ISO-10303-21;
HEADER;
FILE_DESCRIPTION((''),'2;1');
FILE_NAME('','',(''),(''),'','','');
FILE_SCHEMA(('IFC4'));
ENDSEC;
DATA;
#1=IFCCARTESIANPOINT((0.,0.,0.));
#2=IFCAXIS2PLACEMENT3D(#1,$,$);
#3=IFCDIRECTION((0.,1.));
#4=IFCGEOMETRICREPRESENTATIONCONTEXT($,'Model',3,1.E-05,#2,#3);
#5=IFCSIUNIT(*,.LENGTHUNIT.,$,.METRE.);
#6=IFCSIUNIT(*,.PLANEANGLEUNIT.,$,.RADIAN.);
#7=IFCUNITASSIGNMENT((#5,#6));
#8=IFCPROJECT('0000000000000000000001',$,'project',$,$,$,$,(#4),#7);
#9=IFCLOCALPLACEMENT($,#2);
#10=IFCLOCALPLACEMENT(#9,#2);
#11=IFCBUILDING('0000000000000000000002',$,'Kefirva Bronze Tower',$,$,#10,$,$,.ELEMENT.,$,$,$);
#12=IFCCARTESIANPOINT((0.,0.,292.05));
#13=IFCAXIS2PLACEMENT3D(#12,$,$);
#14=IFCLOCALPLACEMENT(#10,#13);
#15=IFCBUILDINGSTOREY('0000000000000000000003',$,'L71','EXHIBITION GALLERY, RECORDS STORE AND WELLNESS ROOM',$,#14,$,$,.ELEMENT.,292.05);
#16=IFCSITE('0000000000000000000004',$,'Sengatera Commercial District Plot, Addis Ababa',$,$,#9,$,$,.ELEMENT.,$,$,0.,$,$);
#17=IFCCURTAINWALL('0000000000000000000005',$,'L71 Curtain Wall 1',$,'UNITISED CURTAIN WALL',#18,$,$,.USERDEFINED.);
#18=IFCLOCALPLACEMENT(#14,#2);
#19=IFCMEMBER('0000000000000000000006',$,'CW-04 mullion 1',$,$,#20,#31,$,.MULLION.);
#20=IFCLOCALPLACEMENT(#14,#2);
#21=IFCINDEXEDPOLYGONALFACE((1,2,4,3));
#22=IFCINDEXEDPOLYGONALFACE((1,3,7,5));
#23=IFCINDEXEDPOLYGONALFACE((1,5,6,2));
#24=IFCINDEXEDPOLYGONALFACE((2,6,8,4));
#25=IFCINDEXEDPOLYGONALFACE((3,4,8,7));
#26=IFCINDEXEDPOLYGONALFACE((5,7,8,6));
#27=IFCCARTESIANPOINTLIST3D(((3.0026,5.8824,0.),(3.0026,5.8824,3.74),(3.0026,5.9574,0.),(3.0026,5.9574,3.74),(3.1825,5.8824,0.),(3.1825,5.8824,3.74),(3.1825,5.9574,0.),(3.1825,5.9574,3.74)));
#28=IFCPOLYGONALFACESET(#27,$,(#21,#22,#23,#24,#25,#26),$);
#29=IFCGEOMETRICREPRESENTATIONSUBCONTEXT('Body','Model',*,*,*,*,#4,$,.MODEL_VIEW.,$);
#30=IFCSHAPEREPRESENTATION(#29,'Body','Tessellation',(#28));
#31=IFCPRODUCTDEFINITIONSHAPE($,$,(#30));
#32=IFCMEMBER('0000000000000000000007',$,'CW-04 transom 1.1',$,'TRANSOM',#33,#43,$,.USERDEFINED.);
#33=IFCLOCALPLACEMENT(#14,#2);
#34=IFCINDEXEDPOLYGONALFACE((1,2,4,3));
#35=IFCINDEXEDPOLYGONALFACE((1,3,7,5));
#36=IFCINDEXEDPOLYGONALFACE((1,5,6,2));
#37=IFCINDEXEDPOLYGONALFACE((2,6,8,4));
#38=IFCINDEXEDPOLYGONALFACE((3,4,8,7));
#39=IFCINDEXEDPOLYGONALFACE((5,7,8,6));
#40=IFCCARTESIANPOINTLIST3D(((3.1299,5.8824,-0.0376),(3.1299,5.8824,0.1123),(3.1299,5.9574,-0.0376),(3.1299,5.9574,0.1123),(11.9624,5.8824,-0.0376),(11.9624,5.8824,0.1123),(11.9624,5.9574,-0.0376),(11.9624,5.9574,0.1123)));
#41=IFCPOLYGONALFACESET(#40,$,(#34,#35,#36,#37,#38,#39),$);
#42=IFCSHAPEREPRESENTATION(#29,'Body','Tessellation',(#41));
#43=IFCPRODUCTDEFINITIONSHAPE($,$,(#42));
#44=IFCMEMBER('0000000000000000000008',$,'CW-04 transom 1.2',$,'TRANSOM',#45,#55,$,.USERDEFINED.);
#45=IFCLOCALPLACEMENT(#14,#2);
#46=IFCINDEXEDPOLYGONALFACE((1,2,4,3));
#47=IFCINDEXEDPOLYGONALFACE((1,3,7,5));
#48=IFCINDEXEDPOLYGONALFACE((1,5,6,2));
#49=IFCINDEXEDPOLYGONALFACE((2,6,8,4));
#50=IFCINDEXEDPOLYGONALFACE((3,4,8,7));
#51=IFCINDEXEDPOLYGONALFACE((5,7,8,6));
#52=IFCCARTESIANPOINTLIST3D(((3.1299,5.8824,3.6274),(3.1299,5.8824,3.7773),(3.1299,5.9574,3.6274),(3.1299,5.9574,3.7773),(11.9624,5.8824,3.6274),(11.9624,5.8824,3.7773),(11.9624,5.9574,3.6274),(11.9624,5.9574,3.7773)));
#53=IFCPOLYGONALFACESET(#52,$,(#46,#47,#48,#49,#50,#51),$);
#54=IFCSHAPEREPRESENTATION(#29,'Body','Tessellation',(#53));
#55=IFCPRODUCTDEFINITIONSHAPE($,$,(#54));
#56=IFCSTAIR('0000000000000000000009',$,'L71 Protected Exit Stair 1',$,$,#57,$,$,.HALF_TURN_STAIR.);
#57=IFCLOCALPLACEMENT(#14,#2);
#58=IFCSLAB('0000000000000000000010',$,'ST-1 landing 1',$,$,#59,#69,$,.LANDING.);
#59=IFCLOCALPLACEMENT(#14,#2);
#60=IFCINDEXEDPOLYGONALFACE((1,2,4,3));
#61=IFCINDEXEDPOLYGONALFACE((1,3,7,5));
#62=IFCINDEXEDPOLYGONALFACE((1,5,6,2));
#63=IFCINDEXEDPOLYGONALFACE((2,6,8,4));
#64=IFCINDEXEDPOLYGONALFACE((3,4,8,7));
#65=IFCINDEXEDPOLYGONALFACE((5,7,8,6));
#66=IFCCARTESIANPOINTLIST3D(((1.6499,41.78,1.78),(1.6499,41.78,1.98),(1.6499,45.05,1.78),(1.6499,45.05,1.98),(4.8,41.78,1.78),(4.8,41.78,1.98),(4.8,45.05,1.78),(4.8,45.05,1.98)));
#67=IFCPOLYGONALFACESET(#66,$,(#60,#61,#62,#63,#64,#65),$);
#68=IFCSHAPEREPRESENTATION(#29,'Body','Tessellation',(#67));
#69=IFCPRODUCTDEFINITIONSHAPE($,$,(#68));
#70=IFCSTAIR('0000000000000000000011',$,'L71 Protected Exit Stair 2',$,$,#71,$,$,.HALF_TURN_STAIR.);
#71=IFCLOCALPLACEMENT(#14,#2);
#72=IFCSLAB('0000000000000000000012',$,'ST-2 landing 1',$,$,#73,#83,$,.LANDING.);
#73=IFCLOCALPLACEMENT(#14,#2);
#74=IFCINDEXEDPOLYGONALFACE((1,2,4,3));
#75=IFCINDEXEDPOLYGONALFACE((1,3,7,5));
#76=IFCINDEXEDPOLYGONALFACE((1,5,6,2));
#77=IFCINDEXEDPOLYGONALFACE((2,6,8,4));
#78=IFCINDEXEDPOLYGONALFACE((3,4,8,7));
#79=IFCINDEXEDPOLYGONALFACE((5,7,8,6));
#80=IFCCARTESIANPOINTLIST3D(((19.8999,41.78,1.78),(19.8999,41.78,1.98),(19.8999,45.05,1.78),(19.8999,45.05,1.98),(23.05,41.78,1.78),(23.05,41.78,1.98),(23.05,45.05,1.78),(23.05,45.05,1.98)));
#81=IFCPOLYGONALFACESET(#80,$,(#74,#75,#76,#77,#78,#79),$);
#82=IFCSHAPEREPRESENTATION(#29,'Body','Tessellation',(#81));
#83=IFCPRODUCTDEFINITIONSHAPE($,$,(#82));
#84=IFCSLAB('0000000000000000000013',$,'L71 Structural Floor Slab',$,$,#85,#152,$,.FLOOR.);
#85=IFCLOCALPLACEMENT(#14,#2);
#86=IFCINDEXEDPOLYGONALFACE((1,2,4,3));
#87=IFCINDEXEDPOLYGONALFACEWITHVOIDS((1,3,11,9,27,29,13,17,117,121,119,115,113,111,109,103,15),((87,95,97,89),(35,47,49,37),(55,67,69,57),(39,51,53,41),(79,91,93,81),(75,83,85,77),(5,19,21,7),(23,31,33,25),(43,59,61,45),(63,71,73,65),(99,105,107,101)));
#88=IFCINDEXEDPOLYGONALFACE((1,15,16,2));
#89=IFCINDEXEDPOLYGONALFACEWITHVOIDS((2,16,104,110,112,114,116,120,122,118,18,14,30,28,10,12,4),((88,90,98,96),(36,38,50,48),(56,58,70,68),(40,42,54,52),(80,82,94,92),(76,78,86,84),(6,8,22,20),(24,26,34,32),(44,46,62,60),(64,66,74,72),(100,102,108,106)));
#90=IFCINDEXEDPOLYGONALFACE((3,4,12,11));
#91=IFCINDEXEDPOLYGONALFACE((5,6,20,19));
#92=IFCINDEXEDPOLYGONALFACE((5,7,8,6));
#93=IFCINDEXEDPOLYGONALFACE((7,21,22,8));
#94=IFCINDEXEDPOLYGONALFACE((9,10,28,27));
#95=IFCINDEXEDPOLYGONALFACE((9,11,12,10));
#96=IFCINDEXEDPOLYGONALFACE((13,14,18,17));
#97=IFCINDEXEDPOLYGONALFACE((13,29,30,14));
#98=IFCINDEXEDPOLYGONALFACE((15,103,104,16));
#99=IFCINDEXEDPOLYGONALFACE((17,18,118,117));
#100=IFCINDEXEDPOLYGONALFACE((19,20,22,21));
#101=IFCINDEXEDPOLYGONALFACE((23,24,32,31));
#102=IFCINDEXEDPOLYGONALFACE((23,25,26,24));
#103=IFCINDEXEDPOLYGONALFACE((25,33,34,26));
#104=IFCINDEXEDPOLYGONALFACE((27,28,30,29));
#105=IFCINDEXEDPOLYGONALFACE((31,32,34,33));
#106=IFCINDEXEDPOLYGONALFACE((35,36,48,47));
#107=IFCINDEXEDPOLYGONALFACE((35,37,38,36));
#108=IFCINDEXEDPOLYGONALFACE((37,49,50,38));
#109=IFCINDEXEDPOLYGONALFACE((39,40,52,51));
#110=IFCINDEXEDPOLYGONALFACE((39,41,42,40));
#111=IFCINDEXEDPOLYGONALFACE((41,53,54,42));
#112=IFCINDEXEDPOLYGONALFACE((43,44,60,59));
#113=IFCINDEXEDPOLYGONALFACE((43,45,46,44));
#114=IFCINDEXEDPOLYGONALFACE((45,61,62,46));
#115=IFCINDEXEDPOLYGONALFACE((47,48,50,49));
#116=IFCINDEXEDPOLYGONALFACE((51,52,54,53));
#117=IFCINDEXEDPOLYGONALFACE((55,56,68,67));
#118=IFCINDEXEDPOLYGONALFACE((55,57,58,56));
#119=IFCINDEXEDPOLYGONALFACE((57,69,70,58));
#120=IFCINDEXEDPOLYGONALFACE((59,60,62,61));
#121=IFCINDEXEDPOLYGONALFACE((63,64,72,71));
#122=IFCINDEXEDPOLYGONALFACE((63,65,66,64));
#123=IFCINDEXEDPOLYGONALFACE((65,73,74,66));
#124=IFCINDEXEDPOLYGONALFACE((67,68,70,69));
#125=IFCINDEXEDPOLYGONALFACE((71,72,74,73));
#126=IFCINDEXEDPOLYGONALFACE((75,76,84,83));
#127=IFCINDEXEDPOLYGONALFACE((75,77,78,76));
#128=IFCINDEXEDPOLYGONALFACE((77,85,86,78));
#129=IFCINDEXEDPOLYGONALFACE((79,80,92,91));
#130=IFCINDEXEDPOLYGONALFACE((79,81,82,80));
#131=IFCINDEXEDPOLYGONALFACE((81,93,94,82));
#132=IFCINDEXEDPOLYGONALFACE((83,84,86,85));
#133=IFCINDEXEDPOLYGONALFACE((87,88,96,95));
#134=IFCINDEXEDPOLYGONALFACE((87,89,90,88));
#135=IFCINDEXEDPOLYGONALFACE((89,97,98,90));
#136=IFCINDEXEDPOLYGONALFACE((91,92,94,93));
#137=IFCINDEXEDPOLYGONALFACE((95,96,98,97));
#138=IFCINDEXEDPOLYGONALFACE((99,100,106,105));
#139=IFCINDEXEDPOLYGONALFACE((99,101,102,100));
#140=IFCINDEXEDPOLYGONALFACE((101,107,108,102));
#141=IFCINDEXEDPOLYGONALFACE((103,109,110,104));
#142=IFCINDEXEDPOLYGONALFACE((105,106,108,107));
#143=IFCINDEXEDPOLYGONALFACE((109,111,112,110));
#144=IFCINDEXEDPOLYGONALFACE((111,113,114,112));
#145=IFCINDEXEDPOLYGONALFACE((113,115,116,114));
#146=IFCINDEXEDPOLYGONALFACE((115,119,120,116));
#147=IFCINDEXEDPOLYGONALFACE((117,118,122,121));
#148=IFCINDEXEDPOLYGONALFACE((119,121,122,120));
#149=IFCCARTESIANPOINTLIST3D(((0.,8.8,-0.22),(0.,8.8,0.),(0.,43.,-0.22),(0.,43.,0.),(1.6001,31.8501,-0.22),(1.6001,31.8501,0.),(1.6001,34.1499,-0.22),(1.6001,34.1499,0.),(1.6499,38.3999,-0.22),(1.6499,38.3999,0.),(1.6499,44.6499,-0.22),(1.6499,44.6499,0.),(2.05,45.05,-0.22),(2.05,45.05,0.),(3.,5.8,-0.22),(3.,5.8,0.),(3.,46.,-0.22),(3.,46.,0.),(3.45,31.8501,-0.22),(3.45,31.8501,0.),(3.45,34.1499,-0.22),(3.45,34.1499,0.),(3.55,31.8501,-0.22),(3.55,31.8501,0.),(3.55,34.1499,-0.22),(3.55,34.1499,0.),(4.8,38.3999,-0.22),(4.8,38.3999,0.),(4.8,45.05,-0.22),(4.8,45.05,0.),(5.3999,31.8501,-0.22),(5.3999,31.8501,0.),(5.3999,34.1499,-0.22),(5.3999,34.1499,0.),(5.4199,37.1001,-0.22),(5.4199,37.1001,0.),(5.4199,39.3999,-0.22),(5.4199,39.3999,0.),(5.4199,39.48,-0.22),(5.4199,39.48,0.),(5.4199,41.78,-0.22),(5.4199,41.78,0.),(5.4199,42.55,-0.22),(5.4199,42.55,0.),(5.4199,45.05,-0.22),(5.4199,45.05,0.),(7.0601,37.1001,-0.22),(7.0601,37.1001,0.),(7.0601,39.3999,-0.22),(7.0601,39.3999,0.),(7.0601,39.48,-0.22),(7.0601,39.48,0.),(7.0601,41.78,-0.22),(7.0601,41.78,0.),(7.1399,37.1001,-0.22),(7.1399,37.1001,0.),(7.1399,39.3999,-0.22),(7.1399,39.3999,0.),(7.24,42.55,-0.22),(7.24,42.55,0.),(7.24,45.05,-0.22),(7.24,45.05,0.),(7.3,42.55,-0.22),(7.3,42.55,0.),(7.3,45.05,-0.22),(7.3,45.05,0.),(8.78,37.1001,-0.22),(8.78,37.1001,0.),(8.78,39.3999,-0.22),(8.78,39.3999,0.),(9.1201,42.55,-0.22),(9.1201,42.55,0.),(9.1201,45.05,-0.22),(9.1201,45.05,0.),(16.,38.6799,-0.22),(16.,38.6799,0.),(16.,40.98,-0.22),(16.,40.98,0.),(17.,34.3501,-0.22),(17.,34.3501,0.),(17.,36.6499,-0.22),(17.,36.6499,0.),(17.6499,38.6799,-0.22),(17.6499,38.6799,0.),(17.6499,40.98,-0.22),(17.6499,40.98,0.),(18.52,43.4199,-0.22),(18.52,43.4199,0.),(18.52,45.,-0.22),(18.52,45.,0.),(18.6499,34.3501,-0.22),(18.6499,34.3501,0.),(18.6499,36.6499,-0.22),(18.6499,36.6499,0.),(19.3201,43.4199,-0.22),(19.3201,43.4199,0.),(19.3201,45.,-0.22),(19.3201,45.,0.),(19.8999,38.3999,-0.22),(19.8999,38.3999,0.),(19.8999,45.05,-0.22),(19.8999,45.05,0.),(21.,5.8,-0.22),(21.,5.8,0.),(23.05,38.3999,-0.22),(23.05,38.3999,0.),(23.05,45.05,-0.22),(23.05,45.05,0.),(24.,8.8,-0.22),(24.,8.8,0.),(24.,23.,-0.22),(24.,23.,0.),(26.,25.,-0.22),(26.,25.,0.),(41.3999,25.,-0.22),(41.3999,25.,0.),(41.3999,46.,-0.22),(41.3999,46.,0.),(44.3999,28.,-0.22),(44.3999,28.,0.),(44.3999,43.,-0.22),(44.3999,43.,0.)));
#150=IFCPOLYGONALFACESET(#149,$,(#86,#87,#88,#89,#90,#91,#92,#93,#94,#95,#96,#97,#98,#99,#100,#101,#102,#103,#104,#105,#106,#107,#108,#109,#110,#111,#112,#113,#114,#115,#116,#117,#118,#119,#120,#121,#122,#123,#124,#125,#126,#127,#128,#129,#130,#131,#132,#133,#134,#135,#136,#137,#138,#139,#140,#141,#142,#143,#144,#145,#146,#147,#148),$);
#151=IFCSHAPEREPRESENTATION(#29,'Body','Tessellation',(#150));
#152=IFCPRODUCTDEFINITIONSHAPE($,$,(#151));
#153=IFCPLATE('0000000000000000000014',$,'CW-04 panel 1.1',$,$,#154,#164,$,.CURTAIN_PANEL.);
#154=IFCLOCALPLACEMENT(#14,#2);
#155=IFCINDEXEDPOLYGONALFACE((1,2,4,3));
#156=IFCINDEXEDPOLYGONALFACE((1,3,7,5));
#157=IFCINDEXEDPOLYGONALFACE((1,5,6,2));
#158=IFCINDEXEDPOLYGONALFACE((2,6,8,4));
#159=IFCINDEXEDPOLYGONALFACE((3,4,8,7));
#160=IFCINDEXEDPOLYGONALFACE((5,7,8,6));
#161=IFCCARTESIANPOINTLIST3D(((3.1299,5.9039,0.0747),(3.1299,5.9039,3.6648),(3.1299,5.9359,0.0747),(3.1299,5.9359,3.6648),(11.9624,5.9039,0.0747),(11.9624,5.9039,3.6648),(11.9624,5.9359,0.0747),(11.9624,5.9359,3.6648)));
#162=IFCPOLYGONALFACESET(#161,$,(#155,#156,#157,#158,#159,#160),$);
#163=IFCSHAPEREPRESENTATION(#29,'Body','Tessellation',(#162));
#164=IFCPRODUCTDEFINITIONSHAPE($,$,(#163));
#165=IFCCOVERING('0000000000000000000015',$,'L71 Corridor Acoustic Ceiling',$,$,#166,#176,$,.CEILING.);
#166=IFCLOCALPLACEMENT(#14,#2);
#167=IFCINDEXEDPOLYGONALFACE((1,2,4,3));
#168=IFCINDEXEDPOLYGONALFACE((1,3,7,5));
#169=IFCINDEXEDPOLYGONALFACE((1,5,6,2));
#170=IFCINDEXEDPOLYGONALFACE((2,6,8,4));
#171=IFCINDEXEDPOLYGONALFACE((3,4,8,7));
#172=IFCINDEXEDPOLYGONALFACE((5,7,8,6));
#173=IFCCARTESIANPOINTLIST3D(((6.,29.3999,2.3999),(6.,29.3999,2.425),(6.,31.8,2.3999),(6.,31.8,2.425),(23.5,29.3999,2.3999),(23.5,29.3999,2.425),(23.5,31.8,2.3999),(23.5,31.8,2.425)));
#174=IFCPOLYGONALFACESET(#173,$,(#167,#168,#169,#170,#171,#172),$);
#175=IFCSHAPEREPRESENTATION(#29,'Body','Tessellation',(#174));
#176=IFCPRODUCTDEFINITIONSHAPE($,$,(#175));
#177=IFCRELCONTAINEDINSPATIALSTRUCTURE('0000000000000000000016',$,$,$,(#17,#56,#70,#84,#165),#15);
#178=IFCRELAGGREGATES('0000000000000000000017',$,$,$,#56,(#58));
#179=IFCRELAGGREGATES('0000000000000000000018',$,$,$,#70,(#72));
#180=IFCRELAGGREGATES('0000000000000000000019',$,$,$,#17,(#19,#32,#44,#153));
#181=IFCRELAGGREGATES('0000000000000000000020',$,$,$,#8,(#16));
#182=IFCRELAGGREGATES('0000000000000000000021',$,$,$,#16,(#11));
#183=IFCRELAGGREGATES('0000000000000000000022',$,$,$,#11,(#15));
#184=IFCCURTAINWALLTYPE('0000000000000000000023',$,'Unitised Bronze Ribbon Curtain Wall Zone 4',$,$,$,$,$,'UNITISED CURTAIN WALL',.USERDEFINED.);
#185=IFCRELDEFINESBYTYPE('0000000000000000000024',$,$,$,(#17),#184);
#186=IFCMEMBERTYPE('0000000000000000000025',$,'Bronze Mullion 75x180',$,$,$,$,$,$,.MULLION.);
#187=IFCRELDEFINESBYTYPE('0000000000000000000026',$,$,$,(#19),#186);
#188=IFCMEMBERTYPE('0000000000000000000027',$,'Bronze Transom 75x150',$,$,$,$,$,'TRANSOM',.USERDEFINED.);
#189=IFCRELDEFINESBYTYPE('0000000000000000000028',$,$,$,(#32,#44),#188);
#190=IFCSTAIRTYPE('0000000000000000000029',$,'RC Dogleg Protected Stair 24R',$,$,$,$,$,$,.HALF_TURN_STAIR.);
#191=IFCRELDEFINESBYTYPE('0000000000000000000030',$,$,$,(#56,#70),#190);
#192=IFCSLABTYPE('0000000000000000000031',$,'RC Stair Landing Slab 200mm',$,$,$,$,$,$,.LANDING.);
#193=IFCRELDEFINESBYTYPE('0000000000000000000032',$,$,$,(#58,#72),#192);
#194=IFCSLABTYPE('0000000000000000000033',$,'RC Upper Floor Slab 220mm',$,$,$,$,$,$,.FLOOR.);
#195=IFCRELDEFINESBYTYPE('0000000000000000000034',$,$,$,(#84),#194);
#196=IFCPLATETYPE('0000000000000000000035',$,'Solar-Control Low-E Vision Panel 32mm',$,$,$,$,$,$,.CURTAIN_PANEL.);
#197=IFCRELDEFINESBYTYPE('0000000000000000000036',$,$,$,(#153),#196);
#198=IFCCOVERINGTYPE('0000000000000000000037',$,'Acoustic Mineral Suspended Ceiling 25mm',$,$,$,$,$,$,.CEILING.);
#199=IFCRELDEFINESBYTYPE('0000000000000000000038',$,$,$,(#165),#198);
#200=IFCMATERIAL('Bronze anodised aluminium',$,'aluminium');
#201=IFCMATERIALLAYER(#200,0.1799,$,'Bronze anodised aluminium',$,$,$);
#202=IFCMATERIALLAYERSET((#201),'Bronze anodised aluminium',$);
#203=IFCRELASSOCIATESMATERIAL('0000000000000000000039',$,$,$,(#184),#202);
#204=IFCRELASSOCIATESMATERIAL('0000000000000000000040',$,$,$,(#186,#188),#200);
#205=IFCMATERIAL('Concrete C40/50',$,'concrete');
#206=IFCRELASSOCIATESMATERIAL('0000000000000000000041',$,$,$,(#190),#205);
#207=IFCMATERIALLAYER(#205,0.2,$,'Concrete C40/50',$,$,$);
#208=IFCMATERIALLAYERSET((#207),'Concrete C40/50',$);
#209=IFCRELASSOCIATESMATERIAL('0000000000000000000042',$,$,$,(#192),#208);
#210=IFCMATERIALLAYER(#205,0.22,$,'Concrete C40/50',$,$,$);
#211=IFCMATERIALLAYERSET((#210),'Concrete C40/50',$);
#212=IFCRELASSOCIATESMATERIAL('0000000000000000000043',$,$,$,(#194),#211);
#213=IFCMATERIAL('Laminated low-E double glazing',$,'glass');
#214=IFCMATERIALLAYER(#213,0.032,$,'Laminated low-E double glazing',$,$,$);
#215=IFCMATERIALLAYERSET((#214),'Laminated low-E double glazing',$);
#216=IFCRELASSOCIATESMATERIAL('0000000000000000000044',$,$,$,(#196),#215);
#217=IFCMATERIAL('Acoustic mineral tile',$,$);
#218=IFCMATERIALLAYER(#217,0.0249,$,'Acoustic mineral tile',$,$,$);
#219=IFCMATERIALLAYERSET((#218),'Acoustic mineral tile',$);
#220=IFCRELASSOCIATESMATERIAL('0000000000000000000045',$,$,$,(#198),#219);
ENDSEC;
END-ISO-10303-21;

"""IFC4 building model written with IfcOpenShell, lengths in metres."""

from ifc_helpers import new_model, si_unit, direction, frame, origin, origin_2d, place, context, subcontext, project, spatial, polyline, rectangle, outline, extrude, material, layer, layer_set, material_profile, profile_set, type_object, element, aggregate, save


model = new_model("IFC4")

# Units and contexts
model_context = context("Model", 3, precision=1e-05, world=origin(), true_north=direction((0.0, 1.0)))
body_context = subcontext(model_context, "Body", "Model", "MODEL_VIEW")
ifc_project = project(units=[si_unit("LENGTHUNIT", "METRE"), si_unit("PLANEANGLEUNIT", "RADIAN")], contexts=[model_context])

# Site, building, storey
site_placement = place(None, origin())
site = spatial("IfcSite", under=ifc_project, at=site_placement, Name="Sengatera Commercial District Plot, Addis Ababa", CompositionType="ELEMENT", RefElevation=0.0)
building_placement = place(site_placement, origin())
building = spatial("IfcBuilding", under=site, at=building_placement, Name="Kefirva Bronze Tower", CompositionType="ELEMENT")
storey_placement = place(building_placement, frame((0.0, 0.0, 292.05)))
storey = spatial("IfcBuildingStorey", under=building, at=storey_placement, Name="L71", Description="EXHIBITION GALLERY, RECORDS STORE AND WELLNESS ROOM", CompositionType="ELEMENT", Elevation=292.05)

# Curtain wall, members
ifc_material_1 = material(Name="Bronze anodised aluminium", Category="aluminium")
ifc_layer_1 = layer(ifc_material_1, 0.1799, Name="Bronze anodised aluminium")
ifc_layer_set_1 = layer_set([ifc_layer_1], Name="Bronze anodised aluminium")
curtain_wall_type = type_object("IfcCurtainWallType", Name="Unitised Bronze Ribbon Curtain Wall Zone 4", ElementType="UNITISED CURTAIN WALL", PredefinedType="USERDEFINED", material=ifc_layer_set_1)
curtain_wall_placement = place(storey_placement, origin())
curtain_wall = element("IfcCurtainWall", 1, at=curtain_wall_placement, inside=storey, type_object=curtain_wall_type, Name="L71 Curtain Wall 1", ObjectType="UNITISED CURTAIN WALL", PredefinedType="USERDEFINED")
ifc_material_profile_1 = material_profile(ifc_material_1, rectangle(XDim=0.075, YDim=0.1799, at=origin_2d()), Name="ALU 75x180")
ifc_profile_set_1 = profile_set([ifc_material_profile_1], Name="Bronze anodised aluminium")
member_type_1 = type_object("IfcMemberType", Name="Bronze Mullion 75x180", PredefinedType="MULLION", material=ifc_profile_set_1)
member_1_placement = place(storey_placement, frame((3.0925, 5.9199, 0.0), z_axis=(0.0, 0.0, 1.0), x_axis=(0.0, 1.0, 0.0)))
member_1 = element("IfcMember", 2, at=member_1_placement, type_object=member_type_1, Name="CW-04 mullion 1", PredefinedType="MULLION", context=body_context, shape_type="SweptSolid", body=[
    extrude(rectangle(XDim=0.075, YDim=0.1799, at=origin_2d()), origin(), (0.0, 0.0, 1.0), 3.74),
])
ifc_material_profile_2 = material_profile(ifc_material_1, rectangle(XDim=0.075, YDim=0.1499, at=origin_2d()), Name="ALU 75x150")
ifc_profile_set_2 = profile_set([ifc_material_profile_2], Name="Bronze anodised aluminium")
member_type_2 = type_object("IfcMemberType", Name="Bronze Transom 75x150", ElementType="TRANSOM", PredefinedType="USERDEFINED", material=ifc_profile_set_2)
member_2_placement = place(storey_placement, frame((3.1299, 5.9199, 0.0374), z_axis=(1.0, 0.0, 0.0), x_axis=(0.0, 1.0, 0.0)))
member_2 = element("IfcMember", 3, at=member_2_placement, type_object=member_type_2, Name="CW-04 transom 1.1", ObjectType="TRANSOM", PredefinedType="USERDEFINED", context=body_context, shape_type="SweptSolid", body=[
    extrude(rectangle(XDim=0.075, YDim=0.1499, at=origin_2d()), origin(), (0.0, 0.0, 1.0), 8.8325),
])
member_3_placement = place(storey_placement, frame((3.1299, 5.9199, 3.7024), z_axis=(1.0, 0.0, 0.0), x_axis=(0.0, 1.0, 0.0)))
member_3 = element("IfcMember", 4, at=member_3_placement, type_object=member_type_2, Name="CW-04 transom 1.2", ObjectType="TRANSOM", PredefinedType="USERDEFINED", context=body_context, shape_type="SweptSolid", body=[
    extrude(rectangle(XDim=0.075, YDim=0.1499, at=origin_2d()), origin(), (0.0, 0.0, 1.0), 8.8325),
])

# Stairs, slabs
ifc_material_2 = material(Name="Concrete C40/50", Category="concrete")
stair_type = type_object("IfcStairType", Name="RC Dogleg Protected Stair 24R", PredefinedType="HALF_TURN_STAIR", material=ifc_material_2)
stair_1_placement = place(storey_placement, origin())
stair_1 = element("IfcStair", 5, at=stair_1_placement, inside=storey, type_object=stair_type, Name="L71 Protected Exit Stair 1", PredefinedType="HALF_TURN_STAIR")
ifc_layer_2 = layer(ifc_material_2, 0.2, Name="Concrete C40/50")
ifc_layer_set_2 = layer_set([ifc_layer_2], Name="Concrete C40/50")
slab_type_1 = type_object("IfcSlabType", Name="RC Stair Landing Slab 200mm", PredefinedType="LANDING", material=ifc_layer_set_2)
slab_1_placement = place(storey_placement, frame((0.0, 0.0, 1.78)))
slab_1 = element("IfcSlab", 6, at=slab_1_placement, type_object=slab_type_1, Name="ST-1 landing 1", PredefinedType="LANDING", context=body_context, shape_type="SweptSolid", body=[
    extrude(outline(polyline([(4.8, 41.78), (4.8, 45.05), (1.6499, 45.05), (1.6499, 41.78), (4.8, 41.78)])), origin(), (0.0, 0.0, 1.0), 0.2),
])
aggregate(stair_1, [slab_1])
stair_2_placement = place(storey_placement, origin())
stair_2 = element("IfcStair", 7, at=stair_2_placement, inside=storey, type_object=stair_type, Name="L71 Protected Exit Stair 2", PredefinedType="HALF_TURN_STAIR")
slab_2_placement = place(storey_placement, frame((0.0, 0.0, 1.78)))
slab_2 = element("IfcSlab", 8, at=slab_2_placement, type_object=slab_type_1, Name="ST-2 landing 1", PredefinedType="LANDING", context=body_context, shape_type="SweptSolid", body=[
    extrude(outline(polyline([(23.05, 41.78), (23.05, 45.05), (19.8999, 45.05), (19.8999, 41.78), (23.05, 41.78)])), origin(), (0.0, 0.0, 1.0), 0.2),
])
aggregate(stair_2, [slab_2])

# Slab
ifc_layer_3 = layer(ifc_material_2, 0.22, Name="Concrete C40/50")
ifc_layer_set_3 = layer_set([ifc_layer_3], Name="Concrete C40/50")
slab_type_2 = type_object("IfcSlabType", Name="RC Upper Floor Slab 220mm", PredefinedType="FLOOR", material=ifc_layer_set_3)
slab_3_placement = place(storey_placement, frame((0.0, 0.0, -0.22)))
element("IfcSlab", 9, at=slab_3_placement, inside=storey, type_object=slab_type_2, Name="L71 Structural Floor Slab", PredefinedType="FLOOR", context=body_context, shape_type="SweptSolid", body=[
    extrude(outline(polyline([(0.0, 8.8), (0.0, 43.0), (1.6499, 44.6499), (1.6499, 38.3999), (4.8, 38.3999), (4.8, 45.05), (2.05, 45.05), (3.0, 46.0), (41.3999, 46.0), (44.3999, 43.0), (44.3999, 28.0), (41.3999, 25.0), (26.0, 25.0), (24.0, 23.0), (24.0, 8.8), (21.0, 5.8), (3.0, 5.8), (0.0, 8.8)]), holes=[polyline([(23.05, 45.05), (19.8999, 45.05), (19.8999, 38.3999), (23.05, 38.3999), (23.05, 45.05)]), polyline([(19.3201, 43.4199), (19.3201, 45.0), (18.52, 45.0), (18.52, 43.4199), (19.3201, 43.4199)]), polyline([(18.6499, 36.6499), (17.0, 36.6499), (17.0, 34.3501), (18.6499, 34.3501), (18.6499, 36.6499)]), polyline([(17.6499, 38.6799), (17.6499, 40.98), (16.0, 40.98), (16.0, 38.6799), (17.6499, 38.6799)]), polyline([(9.1201, 42.55), (9.1201, 45.05), (7.3, 45.05), (7.3, 42.55), (9.1201, 42.55)]), polyline([(8.78, 37.1001), (8.78, 39.3999), (7.1399, 39.3999), (7.1399, 37.1001), (8.78, 37.1001)]), polyline([(7.24, 42.55), (7.24, 45.05), (5.4199, 45.05), (5.4199, 42.55), (7.24, 42.55)]), polyline([(7.0601, 37.1001), (7.0601, 39.3999), (5.4199, 39.3999), (5.4199, 37.1001), (7.0601, 37.1001)]), polyline([(7.0601, 41.78), (5.4199, 41.78), (5.4199, 39.48), (7.0601, 39.48), (7.0601, 41.78)]), polyline([(5.3999, 31.8501), (5.3999, 34.1499), (3.55, 34.1499), (3.55, 31.8501), (5.3999, 31.8501)]), polyline([(3.45, 34.1499), (1.6001, 34.1499), (1.6001, 31.8501), (3.45, 31.8501), (3.45, 34.1499)])]), origin(), (0.0, 0.0, 1.0), 0.22),
])

# Plate
ifc_material_3 = material(Name="Laminated low-E double glazing", Category="glass")
ifc_layer_4 = layer(ifc_material_3, 0.032, Name="Laminated low-E double glazing")
ifc_layer_set_4 = layer_set([ifc_layer_4], Name="Laminated low-E double glazing")
plate_type = type_object("IfcPlateType", Name="Solar-Control Low-E Vision Panel 32mm", PredefinedType="CURTAIN_PANEL", material=ifc_layer_set_4)
plate_placement = place(storey_placement, frame((7.5461, 5.9199, 0.0747), z_axis=(0.0, 0.0, 1.0), x_axis=(1.0, 0.0, 0.0)))
plate = element("IfcPlate", 10, at=plate_placement, type_object=plate_type, Name="CW-04 panel 1.1", PredefinedType="CURTAIN_PANEL", context=body_context, shape_type="SweptSolid", body=[
    extrude(rectangle(XDim=8.8325, YDim=0.032, at=origin_2d()), origin(), (0.0, 0.0, 1.0), 3.5901),
])
aggregate(curtain_wall, [member_1, member_2, member_3, plate])

# Covering
ifc_material_4 = material(Name="Acoustic mineral tile")
ifc_layer_5 = layer(ifc_material_4, 0.0249, Name="Acoustic mineral tile")
ifc_layer_set_5 = layer_set([ifc_layer_5], Name="Acoustic mineral tile")
covering_type_1 = type_object("IfcCoveringType", Name="Acoustic Mineral Suspended Ceiling 25mm", PredefinedType="CEILING", material=ifc_layer_set_5)
covering_1_placement = place(storey_placement, frame((0.0, 0.0, 2.3999)))
element("IfcCovering", 11, at=covering_1_placement, inside=storey, type_object=covering_type_1, Name="L71 Corridor Acoustic Ceiling", PredefinedType="CEILING", context=body_context, shape_type="SweptSolid", body=[
    extrude(outline(polyline([(6.0, 29.3999), (23.5, 29.3999), (23.5, 31.8), (6.0, 31.8), (6.0, 29.3999)])), origin(), (0.0, 0.0, 1.0), 0.0251),
])

save(model, "model.ifc")
